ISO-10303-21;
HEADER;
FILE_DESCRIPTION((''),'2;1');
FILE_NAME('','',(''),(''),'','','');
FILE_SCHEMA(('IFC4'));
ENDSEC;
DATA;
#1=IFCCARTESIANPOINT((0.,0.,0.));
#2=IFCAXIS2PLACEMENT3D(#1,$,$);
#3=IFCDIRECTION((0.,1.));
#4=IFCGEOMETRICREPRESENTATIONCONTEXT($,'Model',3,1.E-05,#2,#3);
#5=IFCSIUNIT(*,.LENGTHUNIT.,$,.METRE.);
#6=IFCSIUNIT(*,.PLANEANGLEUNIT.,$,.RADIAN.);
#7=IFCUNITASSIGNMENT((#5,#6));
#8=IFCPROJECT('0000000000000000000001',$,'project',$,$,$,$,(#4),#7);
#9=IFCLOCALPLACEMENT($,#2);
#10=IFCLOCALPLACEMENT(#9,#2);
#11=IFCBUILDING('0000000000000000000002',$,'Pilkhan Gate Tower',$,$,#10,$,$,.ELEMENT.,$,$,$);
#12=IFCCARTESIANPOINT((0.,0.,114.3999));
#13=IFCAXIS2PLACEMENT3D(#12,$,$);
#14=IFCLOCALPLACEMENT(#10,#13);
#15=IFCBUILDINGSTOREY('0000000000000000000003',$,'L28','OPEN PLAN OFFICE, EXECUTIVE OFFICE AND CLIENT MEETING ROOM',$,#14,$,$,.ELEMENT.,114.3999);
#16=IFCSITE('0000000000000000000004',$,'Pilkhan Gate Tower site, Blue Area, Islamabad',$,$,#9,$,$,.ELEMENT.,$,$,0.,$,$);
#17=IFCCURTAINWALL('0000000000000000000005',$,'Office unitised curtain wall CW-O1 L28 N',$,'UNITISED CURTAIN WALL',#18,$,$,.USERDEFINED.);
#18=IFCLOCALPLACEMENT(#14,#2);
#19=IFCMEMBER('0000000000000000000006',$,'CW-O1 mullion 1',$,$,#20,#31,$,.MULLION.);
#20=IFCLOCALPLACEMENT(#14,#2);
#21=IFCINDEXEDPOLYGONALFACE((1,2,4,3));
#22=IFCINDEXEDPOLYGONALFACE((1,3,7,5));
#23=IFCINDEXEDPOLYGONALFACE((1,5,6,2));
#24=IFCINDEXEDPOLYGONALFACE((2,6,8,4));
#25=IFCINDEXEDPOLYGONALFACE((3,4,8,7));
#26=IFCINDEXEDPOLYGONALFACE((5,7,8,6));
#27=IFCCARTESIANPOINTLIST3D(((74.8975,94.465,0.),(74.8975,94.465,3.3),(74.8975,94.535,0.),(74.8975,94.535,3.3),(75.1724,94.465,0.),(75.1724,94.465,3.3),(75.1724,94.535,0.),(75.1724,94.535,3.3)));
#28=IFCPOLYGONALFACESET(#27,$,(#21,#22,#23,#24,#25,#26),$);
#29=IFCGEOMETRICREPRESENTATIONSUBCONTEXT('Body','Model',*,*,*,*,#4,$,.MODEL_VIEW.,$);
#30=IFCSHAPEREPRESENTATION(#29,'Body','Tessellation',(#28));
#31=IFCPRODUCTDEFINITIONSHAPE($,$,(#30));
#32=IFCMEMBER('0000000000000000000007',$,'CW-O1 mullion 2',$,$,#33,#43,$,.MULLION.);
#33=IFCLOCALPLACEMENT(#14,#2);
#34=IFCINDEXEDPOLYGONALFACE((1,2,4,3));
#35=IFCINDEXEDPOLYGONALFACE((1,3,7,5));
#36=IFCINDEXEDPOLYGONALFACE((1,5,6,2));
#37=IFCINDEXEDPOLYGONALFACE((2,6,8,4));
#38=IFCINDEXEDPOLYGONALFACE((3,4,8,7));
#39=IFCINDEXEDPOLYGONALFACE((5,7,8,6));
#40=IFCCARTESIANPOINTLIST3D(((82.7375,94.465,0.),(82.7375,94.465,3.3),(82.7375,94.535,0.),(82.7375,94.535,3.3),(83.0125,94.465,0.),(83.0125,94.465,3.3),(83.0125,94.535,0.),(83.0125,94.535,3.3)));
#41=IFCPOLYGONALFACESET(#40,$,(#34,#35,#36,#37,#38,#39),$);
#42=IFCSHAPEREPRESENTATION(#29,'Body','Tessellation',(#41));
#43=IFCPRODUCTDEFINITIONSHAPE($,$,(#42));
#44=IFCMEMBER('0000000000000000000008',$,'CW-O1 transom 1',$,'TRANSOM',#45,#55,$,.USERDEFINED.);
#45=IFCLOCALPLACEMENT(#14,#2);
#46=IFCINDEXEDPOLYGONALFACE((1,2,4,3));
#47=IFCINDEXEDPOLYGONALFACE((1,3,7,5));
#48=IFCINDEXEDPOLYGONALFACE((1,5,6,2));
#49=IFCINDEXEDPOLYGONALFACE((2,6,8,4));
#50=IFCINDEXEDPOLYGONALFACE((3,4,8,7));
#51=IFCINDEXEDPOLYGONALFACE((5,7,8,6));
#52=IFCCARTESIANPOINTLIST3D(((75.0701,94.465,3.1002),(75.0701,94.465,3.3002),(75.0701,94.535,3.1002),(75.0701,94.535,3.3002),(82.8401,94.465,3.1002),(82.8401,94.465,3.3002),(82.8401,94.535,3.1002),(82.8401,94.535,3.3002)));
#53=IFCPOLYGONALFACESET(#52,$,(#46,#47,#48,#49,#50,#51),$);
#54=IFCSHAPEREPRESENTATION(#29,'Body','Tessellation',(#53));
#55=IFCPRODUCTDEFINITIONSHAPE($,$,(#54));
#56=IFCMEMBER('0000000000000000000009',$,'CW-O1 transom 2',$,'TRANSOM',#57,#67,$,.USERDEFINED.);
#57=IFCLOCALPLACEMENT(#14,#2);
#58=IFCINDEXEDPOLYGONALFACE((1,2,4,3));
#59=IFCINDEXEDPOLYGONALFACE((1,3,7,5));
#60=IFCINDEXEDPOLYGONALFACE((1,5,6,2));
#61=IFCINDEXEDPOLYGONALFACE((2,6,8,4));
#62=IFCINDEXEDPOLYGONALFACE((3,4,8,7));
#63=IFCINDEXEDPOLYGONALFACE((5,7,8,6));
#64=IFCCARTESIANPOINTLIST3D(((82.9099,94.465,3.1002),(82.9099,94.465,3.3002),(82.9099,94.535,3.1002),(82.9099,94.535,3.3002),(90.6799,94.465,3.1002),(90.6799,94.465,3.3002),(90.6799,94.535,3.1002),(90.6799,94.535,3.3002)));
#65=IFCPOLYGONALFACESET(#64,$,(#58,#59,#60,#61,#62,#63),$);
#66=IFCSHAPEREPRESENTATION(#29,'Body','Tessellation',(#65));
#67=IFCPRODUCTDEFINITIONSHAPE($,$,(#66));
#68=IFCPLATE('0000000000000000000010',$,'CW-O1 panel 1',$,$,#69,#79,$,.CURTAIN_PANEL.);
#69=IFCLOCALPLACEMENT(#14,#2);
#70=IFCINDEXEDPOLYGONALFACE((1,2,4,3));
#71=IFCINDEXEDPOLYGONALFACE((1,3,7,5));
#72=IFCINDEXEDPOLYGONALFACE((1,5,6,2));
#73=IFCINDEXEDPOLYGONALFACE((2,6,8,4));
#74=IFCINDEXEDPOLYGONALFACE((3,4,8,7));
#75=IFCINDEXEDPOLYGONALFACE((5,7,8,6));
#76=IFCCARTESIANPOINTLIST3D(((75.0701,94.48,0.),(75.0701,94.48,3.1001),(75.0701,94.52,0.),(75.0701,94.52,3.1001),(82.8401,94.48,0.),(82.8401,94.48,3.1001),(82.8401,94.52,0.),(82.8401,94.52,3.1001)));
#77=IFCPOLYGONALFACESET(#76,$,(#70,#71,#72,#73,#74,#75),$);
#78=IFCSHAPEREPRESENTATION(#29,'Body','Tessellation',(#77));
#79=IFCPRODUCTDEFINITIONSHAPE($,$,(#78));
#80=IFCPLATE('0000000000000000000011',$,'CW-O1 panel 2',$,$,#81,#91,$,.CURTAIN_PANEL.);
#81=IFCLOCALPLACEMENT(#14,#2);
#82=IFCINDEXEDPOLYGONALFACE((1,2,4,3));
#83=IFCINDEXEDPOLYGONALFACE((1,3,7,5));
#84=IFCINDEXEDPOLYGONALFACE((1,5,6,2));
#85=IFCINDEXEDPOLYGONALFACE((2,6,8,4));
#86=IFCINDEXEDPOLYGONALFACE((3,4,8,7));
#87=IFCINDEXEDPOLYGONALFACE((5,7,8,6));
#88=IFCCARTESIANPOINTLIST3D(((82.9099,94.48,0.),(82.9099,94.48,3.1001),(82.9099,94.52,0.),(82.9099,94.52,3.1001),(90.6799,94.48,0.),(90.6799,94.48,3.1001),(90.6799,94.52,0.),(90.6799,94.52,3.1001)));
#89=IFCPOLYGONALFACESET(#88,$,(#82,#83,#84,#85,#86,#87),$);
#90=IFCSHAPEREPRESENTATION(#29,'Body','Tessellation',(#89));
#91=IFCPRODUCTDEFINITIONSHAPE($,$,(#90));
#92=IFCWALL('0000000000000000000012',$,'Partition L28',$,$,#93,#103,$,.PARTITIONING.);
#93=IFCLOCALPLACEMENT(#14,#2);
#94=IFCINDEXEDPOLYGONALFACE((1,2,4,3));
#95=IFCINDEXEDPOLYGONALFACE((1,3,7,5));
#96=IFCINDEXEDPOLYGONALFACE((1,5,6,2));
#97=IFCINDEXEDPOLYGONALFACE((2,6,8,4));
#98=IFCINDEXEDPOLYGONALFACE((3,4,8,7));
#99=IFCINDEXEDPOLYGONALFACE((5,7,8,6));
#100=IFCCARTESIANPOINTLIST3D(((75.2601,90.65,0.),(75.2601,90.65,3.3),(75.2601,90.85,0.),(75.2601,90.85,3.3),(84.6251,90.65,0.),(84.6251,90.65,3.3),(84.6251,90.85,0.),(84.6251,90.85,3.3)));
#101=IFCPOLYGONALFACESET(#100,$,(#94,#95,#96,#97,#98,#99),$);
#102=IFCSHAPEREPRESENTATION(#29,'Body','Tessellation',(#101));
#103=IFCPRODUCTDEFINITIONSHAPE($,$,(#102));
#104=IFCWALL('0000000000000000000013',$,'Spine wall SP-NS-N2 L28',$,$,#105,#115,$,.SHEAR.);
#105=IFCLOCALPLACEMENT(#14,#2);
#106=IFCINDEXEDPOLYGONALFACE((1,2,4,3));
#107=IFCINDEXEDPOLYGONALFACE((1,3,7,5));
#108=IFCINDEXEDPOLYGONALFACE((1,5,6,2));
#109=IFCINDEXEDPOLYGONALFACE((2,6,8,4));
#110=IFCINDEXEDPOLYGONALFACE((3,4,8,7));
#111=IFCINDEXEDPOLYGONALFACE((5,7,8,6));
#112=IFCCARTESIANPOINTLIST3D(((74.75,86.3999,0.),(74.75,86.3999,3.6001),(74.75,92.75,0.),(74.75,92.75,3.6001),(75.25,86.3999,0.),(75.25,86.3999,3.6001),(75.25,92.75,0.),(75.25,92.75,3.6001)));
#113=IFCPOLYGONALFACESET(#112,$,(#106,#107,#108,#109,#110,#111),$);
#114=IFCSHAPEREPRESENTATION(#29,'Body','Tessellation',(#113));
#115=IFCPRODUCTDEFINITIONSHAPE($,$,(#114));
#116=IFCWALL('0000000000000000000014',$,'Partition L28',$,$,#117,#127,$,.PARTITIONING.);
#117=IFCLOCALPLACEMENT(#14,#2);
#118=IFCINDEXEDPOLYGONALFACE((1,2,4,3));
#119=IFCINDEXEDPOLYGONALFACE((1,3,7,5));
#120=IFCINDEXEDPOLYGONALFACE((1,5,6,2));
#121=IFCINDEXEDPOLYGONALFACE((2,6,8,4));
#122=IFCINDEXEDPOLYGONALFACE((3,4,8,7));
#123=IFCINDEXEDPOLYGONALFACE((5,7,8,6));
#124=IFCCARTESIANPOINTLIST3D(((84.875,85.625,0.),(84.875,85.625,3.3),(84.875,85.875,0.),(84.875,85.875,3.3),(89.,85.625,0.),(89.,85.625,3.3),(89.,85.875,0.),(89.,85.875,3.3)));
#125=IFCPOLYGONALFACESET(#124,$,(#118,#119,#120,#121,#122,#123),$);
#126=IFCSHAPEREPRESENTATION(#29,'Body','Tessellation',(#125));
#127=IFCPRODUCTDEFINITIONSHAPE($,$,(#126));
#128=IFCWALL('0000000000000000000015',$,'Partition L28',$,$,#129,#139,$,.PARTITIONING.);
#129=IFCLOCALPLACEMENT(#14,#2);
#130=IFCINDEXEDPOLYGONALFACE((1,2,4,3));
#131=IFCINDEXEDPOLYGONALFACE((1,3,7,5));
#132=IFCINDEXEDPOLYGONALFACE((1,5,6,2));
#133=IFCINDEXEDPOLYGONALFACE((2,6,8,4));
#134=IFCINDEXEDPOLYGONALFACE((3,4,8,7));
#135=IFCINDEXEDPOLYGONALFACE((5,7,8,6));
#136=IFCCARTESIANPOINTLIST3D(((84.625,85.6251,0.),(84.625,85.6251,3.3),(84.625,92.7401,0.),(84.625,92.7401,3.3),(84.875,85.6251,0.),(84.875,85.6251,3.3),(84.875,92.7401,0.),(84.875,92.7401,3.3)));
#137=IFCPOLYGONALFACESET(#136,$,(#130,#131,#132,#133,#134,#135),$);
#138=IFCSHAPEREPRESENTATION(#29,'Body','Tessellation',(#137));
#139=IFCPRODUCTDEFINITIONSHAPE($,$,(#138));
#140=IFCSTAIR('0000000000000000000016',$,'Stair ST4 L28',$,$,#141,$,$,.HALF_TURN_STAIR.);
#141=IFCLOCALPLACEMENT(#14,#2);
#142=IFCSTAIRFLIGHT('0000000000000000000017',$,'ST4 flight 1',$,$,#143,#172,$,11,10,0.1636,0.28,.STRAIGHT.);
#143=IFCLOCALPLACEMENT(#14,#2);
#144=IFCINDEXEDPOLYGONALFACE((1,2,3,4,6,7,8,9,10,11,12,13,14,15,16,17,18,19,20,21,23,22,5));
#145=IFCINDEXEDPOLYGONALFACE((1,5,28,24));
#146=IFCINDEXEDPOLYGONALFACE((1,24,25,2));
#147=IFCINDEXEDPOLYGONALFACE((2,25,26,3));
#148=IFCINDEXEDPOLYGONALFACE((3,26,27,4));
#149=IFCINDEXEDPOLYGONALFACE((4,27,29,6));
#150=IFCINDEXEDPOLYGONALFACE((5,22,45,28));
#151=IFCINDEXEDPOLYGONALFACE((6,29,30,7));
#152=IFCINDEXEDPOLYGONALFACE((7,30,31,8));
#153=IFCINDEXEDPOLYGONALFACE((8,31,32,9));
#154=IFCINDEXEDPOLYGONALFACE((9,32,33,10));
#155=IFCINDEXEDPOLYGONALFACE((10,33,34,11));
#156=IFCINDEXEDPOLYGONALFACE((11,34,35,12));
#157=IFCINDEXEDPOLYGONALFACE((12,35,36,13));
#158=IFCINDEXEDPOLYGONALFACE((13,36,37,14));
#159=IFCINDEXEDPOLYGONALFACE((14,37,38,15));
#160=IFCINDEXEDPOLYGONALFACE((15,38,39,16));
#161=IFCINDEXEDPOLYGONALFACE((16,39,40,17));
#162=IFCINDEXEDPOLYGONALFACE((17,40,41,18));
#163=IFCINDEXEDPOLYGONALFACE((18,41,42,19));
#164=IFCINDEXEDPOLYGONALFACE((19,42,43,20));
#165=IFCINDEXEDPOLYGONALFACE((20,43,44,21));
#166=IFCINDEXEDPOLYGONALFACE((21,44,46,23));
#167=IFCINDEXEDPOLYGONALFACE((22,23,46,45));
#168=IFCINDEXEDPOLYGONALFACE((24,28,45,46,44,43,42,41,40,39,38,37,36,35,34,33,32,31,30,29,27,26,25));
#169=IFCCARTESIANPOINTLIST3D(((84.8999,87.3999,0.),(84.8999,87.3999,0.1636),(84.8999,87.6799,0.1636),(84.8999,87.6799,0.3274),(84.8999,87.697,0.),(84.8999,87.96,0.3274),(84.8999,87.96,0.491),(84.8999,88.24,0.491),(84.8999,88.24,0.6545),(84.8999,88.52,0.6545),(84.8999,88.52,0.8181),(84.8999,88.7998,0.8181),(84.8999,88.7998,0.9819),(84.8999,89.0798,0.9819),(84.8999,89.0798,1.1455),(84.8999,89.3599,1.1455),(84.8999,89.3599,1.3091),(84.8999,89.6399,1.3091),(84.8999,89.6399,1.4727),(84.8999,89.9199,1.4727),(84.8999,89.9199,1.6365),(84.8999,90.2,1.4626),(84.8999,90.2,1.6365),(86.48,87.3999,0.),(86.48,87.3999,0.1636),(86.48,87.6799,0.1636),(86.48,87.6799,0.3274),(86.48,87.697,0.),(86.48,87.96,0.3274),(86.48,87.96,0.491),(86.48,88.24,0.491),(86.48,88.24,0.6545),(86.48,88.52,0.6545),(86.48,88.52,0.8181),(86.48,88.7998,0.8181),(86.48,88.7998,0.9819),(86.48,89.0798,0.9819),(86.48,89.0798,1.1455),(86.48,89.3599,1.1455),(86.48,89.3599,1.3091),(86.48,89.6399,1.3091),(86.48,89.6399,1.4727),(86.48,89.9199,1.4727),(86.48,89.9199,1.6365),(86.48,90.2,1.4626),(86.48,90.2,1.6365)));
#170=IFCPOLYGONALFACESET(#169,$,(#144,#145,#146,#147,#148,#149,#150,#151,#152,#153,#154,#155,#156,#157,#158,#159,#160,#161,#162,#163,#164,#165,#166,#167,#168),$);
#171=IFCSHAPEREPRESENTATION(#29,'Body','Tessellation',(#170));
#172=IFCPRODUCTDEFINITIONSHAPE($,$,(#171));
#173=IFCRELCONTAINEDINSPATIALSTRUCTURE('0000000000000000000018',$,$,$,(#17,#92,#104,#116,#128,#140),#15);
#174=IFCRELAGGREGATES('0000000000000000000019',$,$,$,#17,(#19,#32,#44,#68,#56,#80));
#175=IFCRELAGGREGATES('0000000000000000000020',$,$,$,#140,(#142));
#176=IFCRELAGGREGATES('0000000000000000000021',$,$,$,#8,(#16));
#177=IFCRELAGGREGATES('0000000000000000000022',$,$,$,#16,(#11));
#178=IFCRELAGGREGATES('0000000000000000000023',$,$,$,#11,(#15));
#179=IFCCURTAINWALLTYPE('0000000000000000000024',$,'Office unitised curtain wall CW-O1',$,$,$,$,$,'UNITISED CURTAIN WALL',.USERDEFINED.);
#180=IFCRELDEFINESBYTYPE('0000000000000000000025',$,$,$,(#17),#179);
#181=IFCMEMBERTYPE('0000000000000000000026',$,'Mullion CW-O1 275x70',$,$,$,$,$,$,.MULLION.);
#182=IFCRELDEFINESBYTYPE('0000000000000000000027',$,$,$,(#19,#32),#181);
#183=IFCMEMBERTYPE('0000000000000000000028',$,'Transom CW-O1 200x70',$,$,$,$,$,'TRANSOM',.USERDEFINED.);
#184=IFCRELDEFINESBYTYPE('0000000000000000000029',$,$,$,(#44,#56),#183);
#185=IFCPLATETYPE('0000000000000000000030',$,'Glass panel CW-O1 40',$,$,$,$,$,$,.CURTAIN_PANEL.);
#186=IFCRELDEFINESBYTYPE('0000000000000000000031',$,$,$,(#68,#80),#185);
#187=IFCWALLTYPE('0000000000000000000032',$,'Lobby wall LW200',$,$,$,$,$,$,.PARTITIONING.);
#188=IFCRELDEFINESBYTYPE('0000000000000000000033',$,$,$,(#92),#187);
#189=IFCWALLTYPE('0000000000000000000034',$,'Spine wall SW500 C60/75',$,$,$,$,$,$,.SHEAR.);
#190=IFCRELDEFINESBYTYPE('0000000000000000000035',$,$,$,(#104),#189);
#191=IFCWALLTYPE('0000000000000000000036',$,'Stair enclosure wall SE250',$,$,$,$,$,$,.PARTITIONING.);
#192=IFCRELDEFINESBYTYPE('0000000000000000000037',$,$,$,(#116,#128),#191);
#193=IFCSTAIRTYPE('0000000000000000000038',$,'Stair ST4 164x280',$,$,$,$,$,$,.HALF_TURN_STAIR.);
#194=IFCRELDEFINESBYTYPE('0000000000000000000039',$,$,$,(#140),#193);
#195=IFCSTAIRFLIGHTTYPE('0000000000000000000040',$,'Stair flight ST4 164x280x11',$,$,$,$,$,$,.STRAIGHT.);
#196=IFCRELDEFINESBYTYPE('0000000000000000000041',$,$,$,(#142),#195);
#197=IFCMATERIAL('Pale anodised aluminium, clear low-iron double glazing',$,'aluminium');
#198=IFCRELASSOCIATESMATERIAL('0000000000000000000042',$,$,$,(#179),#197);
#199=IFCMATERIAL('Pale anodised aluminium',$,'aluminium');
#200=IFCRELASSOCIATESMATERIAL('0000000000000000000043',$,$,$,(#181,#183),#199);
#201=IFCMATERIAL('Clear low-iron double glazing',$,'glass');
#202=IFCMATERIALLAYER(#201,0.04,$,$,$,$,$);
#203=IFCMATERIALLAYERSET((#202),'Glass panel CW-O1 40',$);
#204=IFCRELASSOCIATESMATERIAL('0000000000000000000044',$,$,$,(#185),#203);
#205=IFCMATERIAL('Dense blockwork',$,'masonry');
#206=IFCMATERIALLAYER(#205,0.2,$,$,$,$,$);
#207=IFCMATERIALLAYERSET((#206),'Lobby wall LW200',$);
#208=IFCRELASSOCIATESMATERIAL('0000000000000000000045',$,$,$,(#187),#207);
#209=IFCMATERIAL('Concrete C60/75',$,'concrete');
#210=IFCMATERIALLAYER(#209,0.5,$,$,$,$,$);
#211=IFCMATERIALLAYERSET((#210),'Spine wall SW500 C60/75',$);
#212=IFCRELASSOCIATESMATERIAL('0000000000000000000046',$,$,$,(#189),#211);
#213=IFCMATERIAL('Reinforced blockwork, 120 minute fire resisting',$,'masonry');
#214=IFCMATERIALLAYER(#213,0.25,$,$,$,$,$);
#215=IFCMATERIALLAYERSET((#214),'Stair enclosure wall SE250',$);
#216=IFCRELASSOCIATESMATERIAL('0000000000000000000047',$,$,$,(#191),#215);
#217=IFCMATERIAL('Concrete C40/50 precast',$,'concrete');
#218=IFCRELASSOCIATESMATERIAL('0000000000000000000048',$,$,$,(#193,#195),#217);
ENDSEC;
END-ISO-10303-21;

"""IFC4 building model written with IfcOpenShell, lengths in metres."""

from ifc_helpers import new_model, si_unit, direction, frame, frame_2d, origin, origin_2d, place, context, subcontext, project, spatial, polyline, rectangle, outline, extrude, material, layer, layer_set, material_profile, profile_set, type_object, element, aggregate, save


model = new_model("IFC4")

# Units and contexts
model_context = context("Model", 3, precision=1e-05, world=origin(), true_north=direction((0.0, 1.0)))
body_context = subcontext(model_context, "Body", "Model", "MODEL_VIEW")
ifc_project = project(units=[si_unit("LENGTHUNIT", "METRE"), si_unit("PLANEANGLEUNIT", "RADIAN")], contexts=[model_context])

# Site, building, storey
site_placement = place(None, origin())
site = spatial("IfcSite", under=ifc_project, at=site_placement, Name="Pilkhan Gate Tower site, Blue Area, Islamabad", CompositionType="ELEMENT", RefElevation=0.0)
building_placement = place(site_placement, origin())
building = spatial("IfcBuilding", under=site, at=building_placement, Name="Pilkhan Gate Tower", CompositionType="ELEMENT")
storey_placement = place(building_placement, frame((0.0, 0.0, 114.3999)))
storey = spatial("IfcBuildingStorey", under=building, at=storey_placement, Name="L28", Description="OPEN PLAN OFFICE, EXECUTIVE OFFICE AND CLIENT MEETING ROOM", CompositionType="ELEMENT", Elevation=114.3999)

# Curtain wall, members, plates
ifc_material_1 = material(Name="Pale anodised aluminium, clear low-iron double glazing", Category="aluminium")
curtain_wall_type = type_object("IfcCurtainWallType", Name="Office unitised curtain wall CW-O1", ElementType="UNITISED CURTAIN WALL", PredefinedType="USERDEFINED", material=ifc_material_1)
curtain_wall_placement = place(storey_placement, origin())
curtain_wall = element("IfcCurtainWall", 1, at=curtain_wall_placement, inside=storey, type_object=curtain_wall_type, Name="Office unitised curtain wall CW-O1 L28 N", ObjectType="UNITISED CURTAIN WALL", PredefinedType="USERDEFINED")
ifc_material_2 = material(Name="Pale anodised aluminium", Category="aluminium")
ifc_material_profile_1 = material_profile(ifc_material_2, rectangle(XDim=0.0701, YDim=0.2749, at=origin_2d()), Name="Mullion 275x70")
ifc_profile_set_1 = profile_set([ifc_material_profile_1], Name="Pale anodised aluminium")
member_type_1 = type_object("IfcMemberType", Name="Mullion CW-O1 275x70", PredefinedType="MULLION", material=ifc_profile_set_1)
member_1_placement = place(storey_placement, frame((75.0349, 94.5, 0.0), z_axis=(0.0, 0.0, 1.0), x_axis=(0.0, 1.0, 0.0)))
member_1 = element("IfcMember", 2, at=member_1_placement, type_object=member_type_1, Name="CW-O1 mullion 1", PredefinedType="MULLION", context=body_context, shape_type="SweptSolid", body=[
    extrude(rectangle(XDim=0.0701, YDim=0.2749, at=origin_2d()), origin(), (0.0, 0.0, 1.0), 3.3),
])
member_2_placement = place(storey_placement, frame((82.875, 94.5, 0.0), z_axis=(0.0, 0.0, 1.0), x_axis=(0.0, 1.0, 0.0)))
member_2 = element("IfcMember", 3, at=member_2_placement, type_object=member_type_1, Name="CW-O1 mullion 2", PredefinedType="MULLION", context=body_context, shape_type="SweptSolid", body=[
    extrude(rectangle(XDim=0.0701, YDim=0.2749, at=origin_2d()), origin(), (0.0, 0.0, 1.0), 3.3),
])
ifc_material_profile_2 = material_profile(ifc_material_2, rectangle(XDim=0.0701, YDim=0.2, at=origin_2d()), Name="Transom 200x70")
ifc_profile_set_2 = profile_set([ifc_material_profile_2], Name="Pale anodised aluminium")
member_type_2 = type_object("IfcMemberType", Name="Transom CW-O1 200x70", ElementType="TRANSOM", PredefinedType="USERDEFINED", material=ifc_profile_set_2)
member_3_placement = place(storey_placement, frame((75.0701, 94.5, 3.2002), z_axis=(1.0, 0.0, 0.0), x_axis=(0.0, 1.0, 0.0)))
member_3 = element("IfcMember", 4, at=member_3_placement, type_object=member_type_2, Name="CW-O1 transom 1", ObjectType="TRANSOM", PredefinedType="USERDEFINED", context=body_context, shape_type="SweptSolid", body=[
    extrude(rectangle(XDim=0.0701, YDim=0.2, at=origin_2d()), origin(), (0.0, 0.0, 1.0), 7.77),
])
member_4_placement = place(storey_placement, frame((82.9099, 94.5, 3.2002), z_axis=(1.0, 0.0, 0.0), x_axis=(0.0, 1.0, 0.0)))
member_4 = element("IfcMember", 5, at=member_4_placement, type_object=member_type_2, Name="CW-O1 transom 2", ObjectType="TRANSOM", PredefinedType="USERDEFINED", context=body_context, shape_type="SweptSolid", body=[
    extrude(rectangle(XDim=0.0701, YDim=0.2, at=origin_2d()), origin(), (0.0, 0.0, 1.0), 7.77),
])
ifc_material_3 = material(Name="Clear low-iron double glazing", Category="glass")
ifc_layer_1 = layer(ifc_material_3, 0.04)
ifc_layer_set_1 = layer_set([ifc_layer_1], Name="Glass panel CW-O1 40")
plate_type = type_object("IfcPlateType", Name="Glass panel CW-O1 40", PredefinedType="CURTAIN_PANEL", material=ifc_layer_set_1)
plate_1_placement = place(storey_placement, frame((78.9551, 94.5, 0.0), z_axis=(0.0, 0.0, 1.0), x_axis=(1.0, 0.0, 0.0)))
plate_1 = element("IfcPlate", 6, at=plate_1_placement, type_object=plate_type, Name="CW-O1 panel 1", PredefinedType="CURTAIN_PANEL", context=body_context, shape_type="SweptSolid", body=[
    extrude(rectangle(XDim=7.77, YDim=0.04, at=origin_2d()), origin(), (0.0, 0.0, 1.0), 3.1001),
])
plate_2_placement = place(storey_placement, frame((86.7949, 94.5, 0.0), z_axis=(0.0, 0.0, 1.0), x_axis=(1.0, 0.0, 0.0)))
plate_2 = element("IfcPlate", 7, at=plate_2_placement, type_object=plate_type, Name="CW-O1 panel 2", PredefinedType="CURTAIN_PANEL", context=body_context, shape_type="SweptSolid", body=[
    extrude(rectangle(XDim=7.77, YDim=0.04, at=origin_2d()), origin(), (0.0, 0.0, 1.0), 3.1001),
])
aggregate(curtain_wall, [member_1, member_2, member_3, plate_1, member_4, plate_2])

# Walls
ifc_material_4 = material(Name="Dense blockwork", Category="masonry")
ifc_layer_2 = layer(ifc_material_4, 0.2)
ifc_layer_set_2 = layer_set([ifc_layer_2], Name="Lobby wall LW200")
wall_type_1 = type_object("IfcWallType", Name="Lobby wall LW200", PredefinedType="PARTITIONING", material=ifc_layer_set_2)
wall_1_placement = place(storey_placement, frame((75.26, 90.75, 0.0), z_axis=(0.0, 0.0, 1.0), x_axis=(1.0, 0.0, 0.0)))
element("IfcWall", 8, at=wall_1_placement, inside=storey, type_object=wall_type_1, Name="Partition L28", PredefinedType="PARTITIONING", context=body_context, shape_type="SweptSolid", body=[
    extrude(rectangle(XDim=9.365, YDim=0.2, at=frame_2d((4.6826, 0.0))), origin(), (0.0, 0.0, 1.0), 3.3),
])
ifc_material_5 = material(Name="Concrete C60/75", Category="concrete")
ifc_layer_3 = layer(ifc_material_5, 0.5)
ifc_layer_set_3 = layer_set([ifc_layer_3], Name="Spine wall SW500 C60/75")
wall_type_2 = type_object("IfcWallType", Name="Spine wall SW500 C60/75", PredefinedType="SHEAR", material=ifc_layer_set_3)
wall_2_placement = place(storey_placement, frame((75.0, 86.3999, 0.0), z_axis=(0.0, 0.0, 1.0), x_axis=(0.0, 1.0, 0.0)))
element("IfcWall", 9, at=wall_2_placement, inside=storey, type_object=wall_type_2, Name="Spine wall SP-NS-N2 L28", PredefinedType="SHEAR", context=body_context, shape_type="SweptSolid", body=[
    extrude(rectangle(XDim=6.3501, YDim=0.5, at=frame_2d((3.175, 0.0))), origin(), (0.0, 0.0, 1.0), 3.6001),
])
ifc_material_6 = material(Name="Reinforced blockwork, 120 minute fire resisting", Category="masonry")
ifc_layer_4 = layer(ifc_material_6, 0.25)
ifc_layer_set_4 = layer_set([ifc_layer_4], Name="Stair enclosure wall SE250")
wall_type_3 = type_object("IfcWallType", Name="Stair enclosure wall SE250", PredefinedType="PARTITIONING", material=ifc_layer_set_4)
wall_3_placement = place(storey_placement, frame((84.875, 85.75, 0.0), z_axis=(0.0, 0.0, 1.0), x_axis=(1.0, 0.0, 0.0)))
element("IfcWall", 10, at=wall_3_placement, inside=storey, type_object=wall_type_3, Name="Partition L28", PredefinedType="PARTITIONING", context=body_context, shape_type="SweptSolid", body=[
    extrude(rectangle(XDim=4.125, YDim=0.25, at=frame_2d((2.0625, 0.0))), origin(), (0.0, 0.0, 1.0), 3.3),
])
wall_4_placement = place(storey_placement, frame((84.75, 85.625, 0.0), z_axis=(0.0, 0.0, 1.0), x_axis=(0.0, 1.0, 0.0)))
element("IfcWall", 11, at=wall_4_placement, inside=storey, type_object=wall_type_3, Name="Partition L28", PredefinedType="PARTITIONING", context=body_context, shape_type="SweptSolid", body=[
    extrude(rectangle(XDim=7.115, YDim=0.25, at=frame_2d((3.5576, 0.0))), origin(), (0.0, 0.0, 1.0), 3.3),
])

# Stair, stair flight
ifc_material_7 = material(Name="Concrete C40/50 precast", Category="concrete")
stair_type = type_object("IfcStairType", Name="Stair ST4 164x280", PredefinedType="HALF_TURN_STAIR", material=ifc_material_7)
stair_placement = place(storey_placement, origin())
stair = element("IfcStair", 12, at=stair_placement, inside=storey, type_object=stair_type, Name="Stair ST4 L28", PredefinedType="HALF_TURN_STAIR")
stair_flight_type = type_object("IfcStairFlightType", Name="Stair flight ST4 164x280x11", PredefinedType="STRAIGHT", material=ifc_material_7)
stair_flight_1_placement = place(storey_placement, frame((85.6899, 87.3999, 0.0), z_axis=(0.0, 0.0, 1.0), x_axis=(0.0, 1.0, 0.0)))
stair_flight_1 = element("IfcStairFlight", 13, at=stair_flight_1_placement, type_object=stair_flight_type, Name="ST4 flight 1", NumberOfRisers=11, NumberOfTreads=10, PredefinedType="STRAIGHT", RiserHeight=0.1636, TreadLength=0.28, context=body_context, shape_type="SweptSolid", body=[
    extrude(outline(polyline([(0.0, 0.0), (0.0, 0.1636), (0.28, 0.1636), (0.28, 0.3274), (0.5601, 0.3274), (0.5601, 0.491), (0.8401, 0.491), (0.8401, 0.6545), (1.1201, 0.6545), (1.1201, 0.8181), (1.3999, 0.8181), (1.3999, 0.9819), (1.6799, 0.9819), (1.6799, 1.1455), (1.96, 1.1455), (1.96, 1.3091), (2.24, 1.3091), (2.24, 1.4727), (2.52, 1.4727), (2.52, 1.6365), (2.8, 1.6365), (2.8, 1.8), (2.8, 1.4626), (0.2971, 0.0), (0.0, 0.0)])), frame((0.0, 0.79, 0.0), z_axis=(0.0, -1.0, 0.0), x_axis=(1.0, 0.0, 0.0)), (0.0, 0.0, 1.0), 1.5801),
])
aggregate(stair, [stair_flight_1])

save(model, "model.ifc")
